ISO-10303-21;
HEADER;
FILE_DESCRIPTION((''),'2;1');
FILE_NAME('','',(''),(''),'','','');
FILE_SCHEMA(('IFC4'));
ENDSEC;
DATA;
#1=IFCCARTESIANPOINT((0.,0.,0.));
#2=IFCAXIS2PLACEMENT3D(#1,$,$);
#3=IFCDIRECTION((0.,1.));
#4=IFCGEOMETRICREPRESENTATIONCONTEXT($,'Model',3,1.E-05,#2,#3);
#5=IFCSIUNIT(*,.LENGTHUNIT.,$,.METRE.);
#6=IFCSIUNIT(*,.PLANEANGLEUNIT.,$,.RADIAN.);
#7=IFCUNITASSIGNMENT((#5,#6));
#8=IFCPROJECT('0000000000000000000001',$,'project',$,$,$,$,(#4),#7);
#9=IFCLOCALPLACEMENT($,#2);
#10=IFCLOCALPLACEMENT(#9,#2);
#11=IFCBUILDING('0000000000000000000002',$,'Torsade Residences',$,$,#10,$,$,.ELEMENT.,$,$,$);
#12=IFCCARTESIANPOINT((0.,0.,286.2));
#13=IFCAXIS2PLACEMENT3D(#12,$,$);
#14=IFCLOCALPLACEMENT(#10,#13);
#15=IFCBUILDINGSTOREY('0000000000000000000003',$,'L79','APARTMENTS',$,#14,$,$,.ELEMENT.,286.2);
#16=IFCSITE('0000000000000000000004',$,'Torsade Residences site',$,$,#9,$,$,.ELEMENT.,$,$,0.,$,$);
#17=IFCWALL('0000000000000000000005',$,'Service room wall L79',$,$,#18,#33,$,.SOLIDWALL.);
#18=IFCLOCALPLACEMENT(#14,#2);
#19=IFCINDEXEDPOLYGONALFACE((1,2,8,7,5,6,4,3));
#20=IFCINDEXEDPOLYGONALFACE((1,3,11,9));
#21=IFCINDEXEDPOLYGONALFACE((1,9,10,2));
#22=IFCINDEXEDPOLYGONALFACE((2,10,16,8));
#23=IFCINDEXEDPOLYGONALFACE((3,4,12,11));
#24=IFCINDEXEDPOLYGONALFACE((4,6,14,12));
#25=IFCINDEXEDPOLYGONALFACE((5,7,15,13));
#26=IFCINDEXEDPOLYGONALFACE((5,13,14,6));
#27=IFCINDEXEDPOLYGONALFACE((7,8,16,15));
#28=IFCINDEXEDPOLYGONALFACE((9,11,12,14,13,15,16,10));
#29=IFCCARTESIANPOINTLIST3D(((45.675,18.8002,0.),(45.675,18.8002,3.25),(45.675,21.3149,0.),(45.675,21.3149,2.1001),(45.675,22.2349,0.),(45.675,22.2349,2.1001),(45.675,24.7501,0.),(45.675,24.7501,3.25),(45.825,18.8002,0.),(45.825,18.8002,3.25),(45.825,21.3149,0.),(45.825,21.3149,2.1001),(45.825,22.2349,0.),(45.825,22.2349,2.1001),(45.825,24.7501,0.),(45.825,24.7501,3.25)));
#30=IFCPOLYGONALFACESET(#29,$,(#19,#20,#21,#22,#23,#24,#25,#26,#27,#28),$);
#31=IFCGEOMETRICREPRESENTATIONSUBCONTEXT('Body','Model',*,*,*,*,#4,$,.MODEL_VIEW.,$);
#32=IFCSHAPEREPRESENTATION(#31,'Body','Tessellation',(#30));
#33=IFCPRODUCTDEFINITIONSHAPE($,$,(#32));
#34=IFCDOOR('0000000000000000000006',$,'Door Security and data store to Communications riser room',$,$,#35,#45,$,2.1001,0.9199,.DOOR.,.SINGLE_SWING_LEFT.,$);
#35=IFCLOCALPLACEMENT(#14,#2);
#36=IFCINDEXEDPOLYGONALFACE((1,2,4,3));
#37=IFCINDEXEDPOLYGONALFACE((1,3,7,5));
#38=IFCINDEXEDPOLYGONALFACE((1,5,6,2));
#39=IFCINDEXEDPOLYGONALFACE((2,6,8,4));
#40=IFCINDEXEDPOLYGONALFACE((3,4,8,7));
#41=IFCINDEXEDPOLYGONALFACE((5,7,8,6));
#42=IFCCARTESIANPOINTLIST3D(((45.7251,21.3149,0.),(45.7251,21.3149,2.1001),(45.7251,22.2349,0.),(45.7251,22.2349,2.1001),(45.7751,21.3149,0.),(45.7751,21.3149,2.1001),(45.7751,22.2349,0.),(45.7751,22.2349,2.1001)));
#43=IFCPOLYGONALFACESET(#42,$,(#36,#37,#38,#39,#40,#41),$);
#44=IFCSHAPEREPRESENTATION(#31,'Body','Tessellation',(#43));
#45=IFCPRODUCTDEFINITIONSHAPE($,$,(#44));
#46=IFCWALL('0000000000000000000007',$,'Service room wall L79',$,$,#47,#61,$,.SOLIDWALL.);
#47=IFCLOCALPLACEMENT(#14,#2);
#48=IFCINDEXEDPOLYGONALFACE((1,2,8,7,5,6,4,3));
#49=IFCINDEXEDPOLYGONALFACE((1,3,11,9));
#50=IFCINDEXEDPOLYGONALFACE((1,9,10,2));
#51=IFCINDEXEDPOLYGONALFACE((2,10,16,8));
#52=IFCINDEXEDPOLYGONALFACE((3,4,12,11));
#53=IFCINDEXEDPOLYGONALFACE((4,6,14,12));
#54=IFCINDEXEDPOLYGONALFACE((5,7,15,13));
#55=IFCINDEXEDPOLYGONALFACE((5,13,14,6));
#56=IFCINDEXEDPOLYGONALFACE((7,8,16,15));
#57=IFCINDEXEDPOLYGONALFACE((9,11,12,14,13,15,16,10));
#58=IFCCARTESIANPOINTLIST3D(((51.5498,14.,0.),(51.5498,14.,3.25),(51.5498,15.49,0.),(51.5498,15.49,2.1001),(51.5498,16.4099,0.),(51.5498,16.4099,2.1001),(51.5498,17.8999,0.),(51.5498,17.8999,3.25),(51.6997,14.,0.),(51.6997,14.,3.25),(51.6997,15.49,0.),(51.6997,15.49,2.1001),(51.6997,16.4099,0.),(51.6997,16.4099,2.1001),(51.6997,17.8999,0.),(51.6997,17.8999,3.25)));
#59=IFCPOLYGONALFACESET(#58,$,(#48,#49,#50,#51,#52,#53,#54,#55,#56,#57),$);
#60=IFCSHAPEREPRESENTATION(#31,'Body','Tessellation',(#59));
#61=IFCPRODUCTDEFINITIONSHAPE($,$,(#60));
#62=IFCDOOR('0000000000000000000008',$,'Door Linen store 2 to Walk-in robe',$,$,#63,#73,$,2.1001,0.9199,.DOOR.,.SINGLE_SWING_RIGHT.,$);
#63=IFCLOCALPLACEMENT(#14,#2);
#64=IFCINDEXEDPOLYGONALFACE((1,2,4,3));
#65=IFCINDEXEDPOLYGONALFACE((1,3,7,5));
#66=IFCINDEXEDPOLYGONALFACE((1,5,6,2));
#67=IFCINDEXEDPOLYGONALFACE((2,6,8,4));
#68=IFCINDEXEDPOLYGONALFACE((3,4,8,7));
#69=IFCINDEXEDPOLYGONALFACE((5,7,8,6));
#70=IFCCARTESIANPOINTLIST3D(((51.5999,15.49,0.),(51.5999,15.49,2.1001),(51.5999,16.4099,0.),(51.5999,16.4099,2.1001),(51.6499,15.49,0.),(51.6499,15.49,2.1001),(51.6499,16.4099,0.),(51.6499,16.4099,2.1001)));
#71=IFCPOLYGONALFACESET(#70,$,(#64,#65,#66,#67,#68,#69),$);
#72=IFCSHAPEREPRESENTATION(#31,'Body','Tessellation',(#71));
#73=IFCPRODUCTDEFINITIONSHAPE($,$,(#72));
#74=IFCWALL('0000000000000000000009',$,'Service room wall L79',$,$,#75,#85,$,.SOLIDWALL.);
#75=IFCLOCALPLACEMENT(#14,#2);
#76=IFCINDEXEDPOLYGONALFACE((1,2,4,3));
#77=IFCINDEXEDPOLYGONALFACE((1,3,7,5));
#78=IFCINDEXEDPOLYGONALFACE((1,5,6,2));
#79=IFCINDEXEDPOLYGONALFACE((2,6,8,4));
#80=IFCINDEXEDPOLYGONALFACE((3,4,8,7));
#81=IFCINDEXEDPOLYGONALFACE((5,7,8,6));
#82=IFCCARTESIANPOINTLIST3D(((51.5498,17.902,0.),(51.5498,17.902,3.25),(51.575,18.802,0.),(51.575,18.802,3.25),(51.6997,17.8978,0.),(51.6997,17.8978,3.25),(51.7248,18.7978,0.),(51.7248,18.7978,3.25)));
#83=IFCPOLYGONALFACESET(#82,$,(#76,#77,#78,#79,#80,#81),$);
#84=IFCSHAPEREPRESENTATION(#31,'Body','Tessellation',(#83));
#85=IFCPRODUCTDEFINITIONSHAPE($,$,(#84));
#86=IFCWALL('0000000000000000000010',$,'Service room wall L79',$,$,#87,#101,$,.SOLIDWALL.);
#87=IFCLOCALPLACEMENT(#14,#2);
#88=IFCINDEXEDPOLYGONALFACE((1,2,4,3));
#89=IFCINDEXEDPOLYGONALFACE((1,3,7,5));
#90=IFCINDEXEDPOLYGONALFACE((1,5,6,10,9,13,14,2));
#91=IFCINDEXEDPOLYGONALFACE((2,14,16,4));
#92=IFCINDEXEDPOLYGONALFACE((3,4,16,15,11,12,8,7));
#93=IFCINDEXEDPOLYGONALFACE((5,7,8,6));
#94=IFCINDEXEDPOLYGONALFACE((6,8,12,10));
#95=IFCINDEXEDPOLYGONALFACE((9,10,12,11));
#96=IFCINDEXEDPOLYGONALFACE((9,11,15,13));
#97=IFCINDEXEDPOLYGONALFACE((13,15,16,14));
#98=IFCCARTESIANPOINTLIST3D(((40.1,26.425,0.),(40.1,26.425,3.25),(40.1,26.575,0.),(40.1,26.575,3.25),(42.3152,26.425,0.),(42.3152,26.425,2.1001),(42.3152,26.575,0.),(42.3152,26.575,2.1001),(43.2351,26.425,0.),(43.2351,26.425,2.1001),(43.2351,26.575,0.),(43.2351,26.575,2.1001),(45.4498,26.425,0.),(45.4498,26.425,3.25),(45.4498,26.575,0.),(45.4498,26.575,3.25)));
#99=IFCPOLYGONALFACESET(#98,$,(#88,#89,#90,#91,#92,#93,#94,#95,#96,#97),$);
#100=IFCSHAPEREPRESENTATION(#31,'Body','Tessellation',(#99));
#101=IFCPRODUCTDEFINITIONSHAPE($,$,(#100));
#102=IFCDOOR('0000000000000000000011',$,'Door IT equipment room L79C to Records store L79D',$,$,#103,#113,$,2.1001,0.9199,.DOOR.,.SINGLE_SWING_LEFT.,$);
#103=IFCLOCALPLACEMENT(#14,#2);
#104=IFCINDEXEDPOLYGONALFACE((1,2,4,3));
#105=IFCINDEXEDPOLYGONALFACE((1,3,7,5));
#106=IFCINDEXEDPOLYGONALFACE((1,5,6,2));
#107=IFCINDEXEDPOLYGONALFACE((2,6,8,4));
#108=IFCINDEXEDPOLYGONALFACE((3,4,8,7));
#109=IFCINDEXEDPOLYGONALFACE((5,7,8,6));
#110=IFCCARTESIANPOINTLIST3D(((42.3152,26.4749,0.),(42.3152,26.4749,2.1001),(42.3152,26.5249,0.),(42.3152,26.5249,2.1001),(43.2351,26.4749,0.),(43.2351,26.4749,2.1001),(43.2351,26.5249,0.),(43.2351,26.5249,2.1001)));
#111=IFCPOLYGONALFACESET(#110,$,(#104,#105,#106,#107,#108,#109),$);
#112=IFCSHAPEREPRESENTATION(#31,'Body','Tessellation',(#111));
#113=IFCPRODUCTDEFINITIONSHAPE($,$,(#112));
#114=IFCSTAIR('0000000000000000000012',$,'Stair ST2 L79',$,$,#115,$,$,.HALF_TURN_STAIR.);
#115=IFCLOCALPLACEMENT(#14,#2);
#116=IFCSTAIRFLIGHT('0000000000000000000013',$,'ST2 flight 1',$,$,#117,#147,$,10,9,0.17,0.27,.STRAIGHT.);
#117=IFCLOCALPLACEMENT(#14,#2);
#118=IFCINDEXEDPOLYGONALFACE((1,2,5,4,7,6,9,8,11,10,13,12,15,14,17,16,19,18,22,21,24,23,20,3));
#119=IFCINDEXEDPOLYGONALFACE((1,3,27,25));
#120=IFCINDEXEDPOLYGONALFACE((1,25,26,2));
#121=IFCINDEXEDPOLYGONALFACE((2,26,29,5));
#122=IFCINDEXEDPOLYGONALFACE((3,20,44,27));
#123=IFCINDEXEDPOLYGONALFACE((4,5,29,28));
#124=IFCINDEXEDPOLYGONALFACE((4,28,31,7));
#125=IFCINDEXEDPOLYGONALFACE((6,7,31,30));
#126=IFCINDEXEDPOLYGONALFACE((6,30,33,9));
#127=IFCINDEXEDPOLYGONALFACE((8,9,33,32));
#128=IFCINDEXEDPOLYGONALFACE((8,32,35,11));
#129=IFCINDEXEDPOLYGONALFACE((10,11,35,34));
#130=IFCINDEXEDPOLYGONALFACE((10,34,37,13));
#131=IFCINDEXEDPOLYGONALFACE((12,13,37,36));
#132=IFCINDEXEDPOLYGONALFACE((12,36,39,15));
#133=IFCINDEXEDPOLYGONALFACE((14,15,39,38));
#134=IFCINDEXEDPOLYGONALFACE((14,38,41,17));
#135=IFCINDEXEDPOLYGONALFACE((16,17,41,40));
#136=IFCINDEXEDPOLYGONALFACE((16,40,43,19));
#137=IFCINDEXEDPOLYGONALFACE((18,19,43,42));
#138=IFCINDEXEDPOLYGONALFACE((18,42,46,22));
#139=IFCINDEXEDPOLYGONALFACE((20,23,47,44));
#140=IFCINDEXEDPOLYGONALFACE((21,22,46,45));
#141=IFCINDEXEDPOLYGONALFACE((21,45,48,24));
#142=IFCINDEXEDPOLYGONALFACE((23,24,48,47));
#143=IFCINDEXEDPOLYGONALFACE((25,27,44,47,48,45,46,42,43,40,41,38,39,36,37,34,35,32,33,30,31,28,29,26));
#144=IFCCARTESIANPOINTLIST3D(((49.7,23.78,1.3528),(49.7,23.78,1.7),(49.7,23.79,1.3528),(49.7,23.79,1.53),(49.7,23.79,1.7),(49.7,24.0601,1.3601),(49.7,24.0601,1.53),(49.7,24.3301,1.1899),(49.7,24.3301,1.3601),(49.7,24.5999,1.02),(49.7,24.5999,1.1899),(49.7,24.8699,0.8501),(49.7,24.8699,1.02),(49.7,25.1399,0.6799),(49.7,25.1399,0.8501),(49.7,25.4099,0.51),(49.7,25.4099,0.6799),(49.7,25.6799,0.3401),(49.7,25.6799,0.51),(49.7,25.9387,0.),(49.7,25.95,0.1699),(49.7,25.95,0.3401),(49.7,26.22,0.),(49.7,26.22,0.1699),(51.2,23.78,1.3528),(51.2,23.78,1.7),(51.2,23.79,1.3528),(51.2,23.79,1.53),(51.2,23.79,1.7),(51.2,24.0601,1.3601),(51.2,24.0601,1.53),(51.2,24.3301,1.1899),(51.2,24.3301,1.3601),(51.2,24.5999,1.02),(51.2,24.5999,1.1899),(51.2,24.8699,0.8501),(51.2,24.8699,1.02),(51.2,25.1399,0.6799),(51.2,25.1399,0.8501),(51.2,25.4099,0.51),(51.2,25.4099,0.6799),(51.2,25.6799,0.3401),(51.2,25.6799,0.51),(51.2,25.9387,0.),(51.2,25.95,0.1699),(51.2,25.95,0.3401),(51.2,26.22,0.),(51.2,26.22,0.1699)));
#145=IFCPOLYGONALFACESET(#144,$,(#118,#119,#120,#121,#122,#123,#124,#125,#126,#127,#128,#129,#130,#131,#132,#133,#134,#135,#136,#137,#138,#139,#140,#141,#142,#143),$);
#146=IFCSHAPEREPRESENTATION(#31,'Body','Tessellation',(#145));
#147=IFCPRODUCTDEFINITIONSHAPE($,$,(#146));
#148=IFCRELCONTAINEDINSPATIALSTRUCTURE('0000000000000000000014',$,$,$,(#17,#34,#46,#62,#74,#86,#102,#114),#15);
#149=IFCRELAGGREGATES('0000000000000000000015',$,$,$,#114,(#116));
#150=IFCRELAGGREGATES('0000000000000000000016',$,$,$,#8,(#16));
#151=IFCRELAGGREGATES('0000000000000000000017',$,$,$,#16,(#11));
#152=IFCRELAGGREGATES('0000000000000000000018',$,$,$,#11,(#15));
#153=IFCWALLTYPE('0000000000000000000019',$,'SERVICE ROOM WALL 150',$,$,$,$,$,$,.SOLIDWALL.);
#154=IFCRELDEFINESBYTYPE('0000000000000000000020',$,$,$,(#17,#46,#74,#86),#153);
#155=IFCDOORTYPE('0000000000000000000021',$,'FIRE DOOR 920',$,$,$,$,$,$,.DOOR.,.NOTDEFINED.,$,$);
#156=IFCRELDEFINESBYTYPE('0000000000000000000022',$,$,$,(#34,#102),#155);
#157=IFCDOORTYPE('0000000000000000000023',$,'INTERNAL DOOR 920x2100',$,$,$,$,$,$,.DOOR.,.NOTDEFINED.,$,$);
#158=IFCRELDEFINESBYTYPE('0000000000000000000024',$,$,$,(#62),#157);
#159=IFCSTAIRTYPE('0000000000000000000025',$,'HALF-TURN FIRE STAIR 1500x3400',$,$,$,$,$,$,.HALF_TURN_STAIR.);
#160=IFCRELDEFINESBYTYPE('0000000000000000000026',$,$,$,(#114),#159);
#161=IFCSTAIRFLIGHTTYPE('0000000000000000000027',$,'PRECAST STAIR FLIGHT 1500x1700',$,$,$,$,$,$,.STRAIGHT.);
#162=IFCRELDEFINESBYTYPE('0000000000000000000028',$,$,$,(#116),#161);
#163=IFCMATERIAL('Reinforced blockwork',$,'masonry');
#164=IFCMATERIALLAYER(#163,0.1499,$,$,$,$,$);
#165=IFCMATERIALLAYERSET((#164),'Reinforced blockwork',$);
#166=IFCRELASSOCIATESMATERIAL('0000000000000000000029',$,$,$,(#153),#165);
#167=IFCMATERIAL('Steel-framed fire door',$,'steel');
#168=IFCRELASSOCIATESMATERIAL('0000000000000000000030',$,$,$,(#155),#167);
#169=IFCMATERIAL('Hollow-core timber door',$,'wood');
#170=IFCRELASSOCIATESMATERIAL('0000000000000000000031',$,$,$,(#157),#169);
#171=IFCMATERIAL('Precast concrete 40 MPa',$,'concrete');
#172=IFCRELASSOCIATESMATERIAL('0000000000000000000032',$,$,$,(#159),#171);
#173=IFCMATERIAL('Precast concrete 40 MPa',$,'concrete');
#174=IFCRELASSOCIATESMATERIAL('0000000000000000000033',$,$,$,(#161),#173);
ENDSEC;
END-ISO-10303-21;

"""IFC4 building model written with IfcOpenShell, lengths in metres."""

from ifc_helpers import new_model, si_unit, direction, frame, frame_2d, origin, place, context, subcontext, project, spatial, polyline, rectangle, outline, extrude, material, layer, layer_set, type_object, element, fill, aggregate, save


model = new_model("IFC4")

# Units and contexts
model_context = context("Model", 3, precision=1e-05, world=origin(), true_north=direction((0.0, 1.0)))
body_context = subcontext(model_context, "Body", "Model", "MODEL_VIEW")
ifc_project = project(units=[si_unit("LENGTHUNIT", "METRE"), si_unit("PLANEANGLEUNIT", "RADIAN")], contexts=[model_context])

# Site, building, storey
site_placement = place(None, origin())
site = spatial("IfcSite", under=ifc_project, at=site_placement, Name="Torsade Residences site", CompositionType="ELEMENT", RefElevation=0.0)
building_placement = place(site_placement, origin())
building = spatial("IfcBuilding", under=site, at=building_placement, Name="Torsade Residences", CompositionType="ELEMENT")
storey_placement = place(building_placement, frame((0.0, 0.0, 286.2)))
storey = spatial("IfcBuildingStorey", under=building, at=storey_placement, Name="L79", Description="APARTMENTS", CompositionType="ELEMENT", Elevation=286.2)

# Walls, openings, doors
ifc_material_1 = material(Name="Reinforced blockwork", Category="masonry")
ifc_layer_1 = layer(ifc_material_1, 0.1499)
ifc_layer_set_1 = layer_set([ifc_layer_1], Name="Reinforced blockwork")
wall_type_1 = type_object("IfcWallType", Name="SERVICE ROOM WALL 150", PredefinedType="SOLIDWALL", material=ifc_layer_set_1)
wall_1_placement = place(storey_placement, frame((45.75, 18.8, 0.0), z_axis=(0.0, 0.0, 1.0), x_axis=(0.0, 1.0, 0.0)))
wall_1 = element("IfcWall", 1, at=wall_1_placement, inside=storey, type_object=wall_type_1, Name="Service room wall L79", PredefinedType="SOLIDWALL", context=body_context, shape_type="SweptSolid", body=[
    extrude(rectangle(XDim=5.95, YDim=0.1499, at=frame_2d((2.9751, 0.0))), origin(), (0.0, 0.0, 1.0), 3.25),
])
opening_1_placement = place(wall_1_placement, frame((2.5149, 0.0, 0.0)))
opening_1 = element("IfcOpeningElement", 2, at=opening_1_placement, cuts=wall_1, PredefinedType="OPENING", context=body_context, shape_type="SweptSolid", body=[
    extrude(rectangle(XDim=0.9199, YDim=2.1001, at=frame_2d((0.46, 1.05))), frame((0.0, 0.085, 0.0), z_axis=(0.0, -1.0, 0.0), x_axis=(1.0, 0.0, 0.0)), (0.0, 0.0, 1.0), 0.1699),
])
ifc_material_2 = material(Name="Steel-framed fire door", Category="steel")
door_type_1 = type_object("IfcDoorType", Name="FIRE DOOR 920", OperationType="NOTDEFINED", PredefinedType="DOOR", material=ifc_material_2)
door_1_placement = place(opening_1_placement, origin())
door_1 = element("IfcDoor", 3, at=door_1_placement, inside=storey, type_object=door_type_1, Name="Door Security and data store to Communications riser room", OperationType="SINGLE_SWING_LEFT", OverallHeight=2.1001, OverallWidth=0.9199, PredefinedType="DOOR", context=body_context, shape_type="SweptSolid", body=[
    extrude(rectangle(XDim=0.9199, YDim=2.1001, at=frame_2d((0.46, 1.05))), frame((0.0, 0.0249, 0.0), z_axis=(0.0, -1.0, 0.0), x_axis=(1.0, 0.0, 0.0)), (0.0, 0.0, 1.0), 0.05),
])
fill(opening_1, door_1)
wall_2_placement = place(storey_placement, frame((51.6248, 14.0, 0.0), z_axis=(0.0, 0.0, 1.0), x_axis=(0.0, 1.0, 0.0)))
wall_2 = element("IfcWall", 4, at=wall_2_placement, inside=storey, type_object=wall_type_1, Name="Service room wall L79", PredefinedType="SOLIDWALL", context=body_context, shape_type="SweptSolid", body=[
    extrude(rectangle(XDim=3.8999, YDim=0.1499, at=frame_2d((1.95, 0.0))), origin(), (0.0, 0.0, 1.0), 3.25),
])
opening_2_placement = place(wall_2_placement, frame((1.49, 0.0, 0.0)))
opening_2 = element("IfcOpeningElement", 5, at=opening_2_placement, cuts=wall_2, PredefinedType="OPENING", context=body_context, shape_type="SweptSolid", body=[
    extrude(rectangle(XDim=0.9199, YDim=2.1001, at=frame_2d((0.46, 1.05))), frame((0.0, 0.085, 0.0), z_axis=(0.0, -1.0, 0.0), x_axis=(1.0, 0.0, 0.0)), (0.0, 0.0, 1.0), 0.1699),
])
ifc_material_3 = material(Name="Hollow-core timber door", Category="wood")
door_type_2 = type_object("IfcDoorType", Name="INTERNAL DOOR 920x2100", OperationType="NOTDEFINED", PredefinedType="DOOR", material=ifc_material_3)
door_2_placement = place(opening_2_placement, origin())
door_2 = element("IfcDoor", 6, at=door_2_placement, inside=storey, type_object=door_type_2, Name="Door Linen store 2 to Walk-in robe", OperationType="SINGLE_SWING_RIGHT", OverallHeight=2.1001, OverallWidth=0.9199, PredefinedType="DOOR", context=body_context, shape_type="SweptSolid", body=[
    extrude(rectangle(XDim=0.9199, YDim=2.1001, at=frame_2d((0.46, 1.05))), frame((0.0, 0.0249, 0.0), z_axis=(0.0, -1.0, 0.0), x_axis=(1.0, 0.0, 0.0)), (0.0, 0.0, 1.0), 0.05),
])
fill(opening_2, door_2)

# Wall
wall_3_placement = place(storey_placement, frame((51.6248, 17.8999, 0.0), z_axis=(0.0, 0.0, 1.0), x_axis=(0.027925, 0.99961, 0.0)))
element("IfcWall", 7, at=wall_3_placement, inside=storey, type_object=wall_type_1, Name="Service room wall L79", PredefinedType="SOLIDWALL", context=body_context, shape_type="SweptSolid", body=[
    extrude(rectangle(XDim=0.9004, YDim=0.1499, at=frame_2d((0.4502, 0.0))), origin(), (0.0, 0.0, 1.0), 3.25),
])

# Wall, opening, door
wall_4_placement = place(storey_placement, frame((40.1001, 26.5, 0.0), z_axis=(0.0, 0.0, 1.0), x_axis=(1.0, 0.0, 0.0)))
wall_4 = element("IfcWall", 8, at=wall_4_placement, inside=storey, type_object=wall_type_1, Name="Service room wall L79", PredefinedType="SOLIDWALL", context=body_context, shape_type="SweptSolid", body=[
    extrude(rectangle(XDim=5.3499, YDim=0.1499, at=frame_2d((2.6748, 0.0))), origin(), (0.0, 0.0, 1.0), 3.25),
])
opening_3_placement = place(wall_4_placement, frame((2.2151, 0.0, 0.0)))
opening_3 = element("IfcOpeningElement", 9, at=opening_3_placement, cuts=wall_4, PredefinedType="OPENING", context=body_context, shape_type="SweptSolid", body=[
    extrude(rectangle(XDim=0.9199, YDim=2.1001, at=frame_2d((0.46, 1.05))), frame((0.0, 0.085, 0.0), z_axis=(0.0, -1.0, 0.0), x_axis=(1.0, 0.0, 0.0)), (0.0, 0.0, 1.0), 0.1699),
])
door_3_placement = place(opening_3_placement, origin())
door_3 = element("IfcDoor", 10, at=door_3_placement, inside=storey, type_object=door_type_1, Name="Door IT equipment room L79C to Records store L79D", OperationType="SINGLE_SWING_LEFT", OverallHeight=2.1001, OverallWidth=0.9199, PredefinedType="DOOR", context=body_context, shape_type="SweptSolid", body=[
    extrude(rectangle(XDim=0.9199, YDim=2.1001, at=frame_2d((0.46, 1.05))), frame((0.0, 0.0249, 0.0), z_axis=(0.0, -1.0, 0.0), x_axis=(1.0, 0.0, 0.0)), (0.0, 0.0, 1.0), 0.05),
])
fill(opening_3, door_3)

# Stair, stair flight
ifc_material_4 = material(Name="Precast concrete 40 MPa", Category="concrete")
stair_type = type_object("IfcStairType", Name="HALF-TURN FIRE STAIR 1500x3400", PredefinedType="HALF_TURN_STAIR", material=ifc_material_4)
stair_placement = place(storey_placement, origin())
stair = element("IfcStair", 11, at=stair_placement, inside=storey, type_object=stair_type, Name="Stair ST2 L79", PredefinedType="HALF_TURN_STAIR")
ifc_material_5 = material(Name="Precast concrete 40 MPa", Category="concrete")
stair_flight_type = type_object("IfcStairFlightType", Name="PRECAST STAIR FLIGHT 1500x1700", PredefinedType="STRAIGHT", material=ifc_material_5)
stair_flight_1_placement = place(storey_placement, frame((50.45, 26.22, 0.0), z_axis=(0.0, 0.0, 1.0), x_axis=(0.0, -1.0, 0.0)))
stair_flight_1 = element("IfcStairFlight", 12, at=stair_flight_1_placement, type_object=stair_flight_type, Name="ST2 flight 1", NumberOfRisers=10, NumberOfTreads=9, PredefinedType="STRAIGHT", RiserHeight=0.17, TreadLength=0.27, context=body_context, shape_type="SweptSolid", body=[
    extrude(outline(polyline([(0.0, 0.0), (0.0, 0.1699), (0.27, 0.1699), (0.27, 0.3401), (0.54, 0.3401), (0.54, 0.51), (0.8101, 0.51), (0.8101, 0.6799), (1.0801, 0.6799), (1.0801, 0.8501), (1.3501, 0.8501), (1.3501, 1.02), (1.6201, 1.02), (1.6201, 1.1899), (1.8899, 1.1899), (1.8899, 1.3601), (2.1599, 1.3601), (2.1599, 1.53), (2.4299, 1.53), (2.4299, 1.7), (2.4399, 1.7), (2.4399, 1.3528), (2.4299, 1.3528), (0.2812, 0.0), (0.0, 0.0)])), frame((0.0, 0.75, 0.0), z_axis=(0.0, -1.0, 0.0), x_axis=(1.0, 0.0, 0.0)), (0.0, 0.0, 1.0), 1.5),
])
aggregate(stair, [stair_flight_1])

save(model, "model.ifc")
